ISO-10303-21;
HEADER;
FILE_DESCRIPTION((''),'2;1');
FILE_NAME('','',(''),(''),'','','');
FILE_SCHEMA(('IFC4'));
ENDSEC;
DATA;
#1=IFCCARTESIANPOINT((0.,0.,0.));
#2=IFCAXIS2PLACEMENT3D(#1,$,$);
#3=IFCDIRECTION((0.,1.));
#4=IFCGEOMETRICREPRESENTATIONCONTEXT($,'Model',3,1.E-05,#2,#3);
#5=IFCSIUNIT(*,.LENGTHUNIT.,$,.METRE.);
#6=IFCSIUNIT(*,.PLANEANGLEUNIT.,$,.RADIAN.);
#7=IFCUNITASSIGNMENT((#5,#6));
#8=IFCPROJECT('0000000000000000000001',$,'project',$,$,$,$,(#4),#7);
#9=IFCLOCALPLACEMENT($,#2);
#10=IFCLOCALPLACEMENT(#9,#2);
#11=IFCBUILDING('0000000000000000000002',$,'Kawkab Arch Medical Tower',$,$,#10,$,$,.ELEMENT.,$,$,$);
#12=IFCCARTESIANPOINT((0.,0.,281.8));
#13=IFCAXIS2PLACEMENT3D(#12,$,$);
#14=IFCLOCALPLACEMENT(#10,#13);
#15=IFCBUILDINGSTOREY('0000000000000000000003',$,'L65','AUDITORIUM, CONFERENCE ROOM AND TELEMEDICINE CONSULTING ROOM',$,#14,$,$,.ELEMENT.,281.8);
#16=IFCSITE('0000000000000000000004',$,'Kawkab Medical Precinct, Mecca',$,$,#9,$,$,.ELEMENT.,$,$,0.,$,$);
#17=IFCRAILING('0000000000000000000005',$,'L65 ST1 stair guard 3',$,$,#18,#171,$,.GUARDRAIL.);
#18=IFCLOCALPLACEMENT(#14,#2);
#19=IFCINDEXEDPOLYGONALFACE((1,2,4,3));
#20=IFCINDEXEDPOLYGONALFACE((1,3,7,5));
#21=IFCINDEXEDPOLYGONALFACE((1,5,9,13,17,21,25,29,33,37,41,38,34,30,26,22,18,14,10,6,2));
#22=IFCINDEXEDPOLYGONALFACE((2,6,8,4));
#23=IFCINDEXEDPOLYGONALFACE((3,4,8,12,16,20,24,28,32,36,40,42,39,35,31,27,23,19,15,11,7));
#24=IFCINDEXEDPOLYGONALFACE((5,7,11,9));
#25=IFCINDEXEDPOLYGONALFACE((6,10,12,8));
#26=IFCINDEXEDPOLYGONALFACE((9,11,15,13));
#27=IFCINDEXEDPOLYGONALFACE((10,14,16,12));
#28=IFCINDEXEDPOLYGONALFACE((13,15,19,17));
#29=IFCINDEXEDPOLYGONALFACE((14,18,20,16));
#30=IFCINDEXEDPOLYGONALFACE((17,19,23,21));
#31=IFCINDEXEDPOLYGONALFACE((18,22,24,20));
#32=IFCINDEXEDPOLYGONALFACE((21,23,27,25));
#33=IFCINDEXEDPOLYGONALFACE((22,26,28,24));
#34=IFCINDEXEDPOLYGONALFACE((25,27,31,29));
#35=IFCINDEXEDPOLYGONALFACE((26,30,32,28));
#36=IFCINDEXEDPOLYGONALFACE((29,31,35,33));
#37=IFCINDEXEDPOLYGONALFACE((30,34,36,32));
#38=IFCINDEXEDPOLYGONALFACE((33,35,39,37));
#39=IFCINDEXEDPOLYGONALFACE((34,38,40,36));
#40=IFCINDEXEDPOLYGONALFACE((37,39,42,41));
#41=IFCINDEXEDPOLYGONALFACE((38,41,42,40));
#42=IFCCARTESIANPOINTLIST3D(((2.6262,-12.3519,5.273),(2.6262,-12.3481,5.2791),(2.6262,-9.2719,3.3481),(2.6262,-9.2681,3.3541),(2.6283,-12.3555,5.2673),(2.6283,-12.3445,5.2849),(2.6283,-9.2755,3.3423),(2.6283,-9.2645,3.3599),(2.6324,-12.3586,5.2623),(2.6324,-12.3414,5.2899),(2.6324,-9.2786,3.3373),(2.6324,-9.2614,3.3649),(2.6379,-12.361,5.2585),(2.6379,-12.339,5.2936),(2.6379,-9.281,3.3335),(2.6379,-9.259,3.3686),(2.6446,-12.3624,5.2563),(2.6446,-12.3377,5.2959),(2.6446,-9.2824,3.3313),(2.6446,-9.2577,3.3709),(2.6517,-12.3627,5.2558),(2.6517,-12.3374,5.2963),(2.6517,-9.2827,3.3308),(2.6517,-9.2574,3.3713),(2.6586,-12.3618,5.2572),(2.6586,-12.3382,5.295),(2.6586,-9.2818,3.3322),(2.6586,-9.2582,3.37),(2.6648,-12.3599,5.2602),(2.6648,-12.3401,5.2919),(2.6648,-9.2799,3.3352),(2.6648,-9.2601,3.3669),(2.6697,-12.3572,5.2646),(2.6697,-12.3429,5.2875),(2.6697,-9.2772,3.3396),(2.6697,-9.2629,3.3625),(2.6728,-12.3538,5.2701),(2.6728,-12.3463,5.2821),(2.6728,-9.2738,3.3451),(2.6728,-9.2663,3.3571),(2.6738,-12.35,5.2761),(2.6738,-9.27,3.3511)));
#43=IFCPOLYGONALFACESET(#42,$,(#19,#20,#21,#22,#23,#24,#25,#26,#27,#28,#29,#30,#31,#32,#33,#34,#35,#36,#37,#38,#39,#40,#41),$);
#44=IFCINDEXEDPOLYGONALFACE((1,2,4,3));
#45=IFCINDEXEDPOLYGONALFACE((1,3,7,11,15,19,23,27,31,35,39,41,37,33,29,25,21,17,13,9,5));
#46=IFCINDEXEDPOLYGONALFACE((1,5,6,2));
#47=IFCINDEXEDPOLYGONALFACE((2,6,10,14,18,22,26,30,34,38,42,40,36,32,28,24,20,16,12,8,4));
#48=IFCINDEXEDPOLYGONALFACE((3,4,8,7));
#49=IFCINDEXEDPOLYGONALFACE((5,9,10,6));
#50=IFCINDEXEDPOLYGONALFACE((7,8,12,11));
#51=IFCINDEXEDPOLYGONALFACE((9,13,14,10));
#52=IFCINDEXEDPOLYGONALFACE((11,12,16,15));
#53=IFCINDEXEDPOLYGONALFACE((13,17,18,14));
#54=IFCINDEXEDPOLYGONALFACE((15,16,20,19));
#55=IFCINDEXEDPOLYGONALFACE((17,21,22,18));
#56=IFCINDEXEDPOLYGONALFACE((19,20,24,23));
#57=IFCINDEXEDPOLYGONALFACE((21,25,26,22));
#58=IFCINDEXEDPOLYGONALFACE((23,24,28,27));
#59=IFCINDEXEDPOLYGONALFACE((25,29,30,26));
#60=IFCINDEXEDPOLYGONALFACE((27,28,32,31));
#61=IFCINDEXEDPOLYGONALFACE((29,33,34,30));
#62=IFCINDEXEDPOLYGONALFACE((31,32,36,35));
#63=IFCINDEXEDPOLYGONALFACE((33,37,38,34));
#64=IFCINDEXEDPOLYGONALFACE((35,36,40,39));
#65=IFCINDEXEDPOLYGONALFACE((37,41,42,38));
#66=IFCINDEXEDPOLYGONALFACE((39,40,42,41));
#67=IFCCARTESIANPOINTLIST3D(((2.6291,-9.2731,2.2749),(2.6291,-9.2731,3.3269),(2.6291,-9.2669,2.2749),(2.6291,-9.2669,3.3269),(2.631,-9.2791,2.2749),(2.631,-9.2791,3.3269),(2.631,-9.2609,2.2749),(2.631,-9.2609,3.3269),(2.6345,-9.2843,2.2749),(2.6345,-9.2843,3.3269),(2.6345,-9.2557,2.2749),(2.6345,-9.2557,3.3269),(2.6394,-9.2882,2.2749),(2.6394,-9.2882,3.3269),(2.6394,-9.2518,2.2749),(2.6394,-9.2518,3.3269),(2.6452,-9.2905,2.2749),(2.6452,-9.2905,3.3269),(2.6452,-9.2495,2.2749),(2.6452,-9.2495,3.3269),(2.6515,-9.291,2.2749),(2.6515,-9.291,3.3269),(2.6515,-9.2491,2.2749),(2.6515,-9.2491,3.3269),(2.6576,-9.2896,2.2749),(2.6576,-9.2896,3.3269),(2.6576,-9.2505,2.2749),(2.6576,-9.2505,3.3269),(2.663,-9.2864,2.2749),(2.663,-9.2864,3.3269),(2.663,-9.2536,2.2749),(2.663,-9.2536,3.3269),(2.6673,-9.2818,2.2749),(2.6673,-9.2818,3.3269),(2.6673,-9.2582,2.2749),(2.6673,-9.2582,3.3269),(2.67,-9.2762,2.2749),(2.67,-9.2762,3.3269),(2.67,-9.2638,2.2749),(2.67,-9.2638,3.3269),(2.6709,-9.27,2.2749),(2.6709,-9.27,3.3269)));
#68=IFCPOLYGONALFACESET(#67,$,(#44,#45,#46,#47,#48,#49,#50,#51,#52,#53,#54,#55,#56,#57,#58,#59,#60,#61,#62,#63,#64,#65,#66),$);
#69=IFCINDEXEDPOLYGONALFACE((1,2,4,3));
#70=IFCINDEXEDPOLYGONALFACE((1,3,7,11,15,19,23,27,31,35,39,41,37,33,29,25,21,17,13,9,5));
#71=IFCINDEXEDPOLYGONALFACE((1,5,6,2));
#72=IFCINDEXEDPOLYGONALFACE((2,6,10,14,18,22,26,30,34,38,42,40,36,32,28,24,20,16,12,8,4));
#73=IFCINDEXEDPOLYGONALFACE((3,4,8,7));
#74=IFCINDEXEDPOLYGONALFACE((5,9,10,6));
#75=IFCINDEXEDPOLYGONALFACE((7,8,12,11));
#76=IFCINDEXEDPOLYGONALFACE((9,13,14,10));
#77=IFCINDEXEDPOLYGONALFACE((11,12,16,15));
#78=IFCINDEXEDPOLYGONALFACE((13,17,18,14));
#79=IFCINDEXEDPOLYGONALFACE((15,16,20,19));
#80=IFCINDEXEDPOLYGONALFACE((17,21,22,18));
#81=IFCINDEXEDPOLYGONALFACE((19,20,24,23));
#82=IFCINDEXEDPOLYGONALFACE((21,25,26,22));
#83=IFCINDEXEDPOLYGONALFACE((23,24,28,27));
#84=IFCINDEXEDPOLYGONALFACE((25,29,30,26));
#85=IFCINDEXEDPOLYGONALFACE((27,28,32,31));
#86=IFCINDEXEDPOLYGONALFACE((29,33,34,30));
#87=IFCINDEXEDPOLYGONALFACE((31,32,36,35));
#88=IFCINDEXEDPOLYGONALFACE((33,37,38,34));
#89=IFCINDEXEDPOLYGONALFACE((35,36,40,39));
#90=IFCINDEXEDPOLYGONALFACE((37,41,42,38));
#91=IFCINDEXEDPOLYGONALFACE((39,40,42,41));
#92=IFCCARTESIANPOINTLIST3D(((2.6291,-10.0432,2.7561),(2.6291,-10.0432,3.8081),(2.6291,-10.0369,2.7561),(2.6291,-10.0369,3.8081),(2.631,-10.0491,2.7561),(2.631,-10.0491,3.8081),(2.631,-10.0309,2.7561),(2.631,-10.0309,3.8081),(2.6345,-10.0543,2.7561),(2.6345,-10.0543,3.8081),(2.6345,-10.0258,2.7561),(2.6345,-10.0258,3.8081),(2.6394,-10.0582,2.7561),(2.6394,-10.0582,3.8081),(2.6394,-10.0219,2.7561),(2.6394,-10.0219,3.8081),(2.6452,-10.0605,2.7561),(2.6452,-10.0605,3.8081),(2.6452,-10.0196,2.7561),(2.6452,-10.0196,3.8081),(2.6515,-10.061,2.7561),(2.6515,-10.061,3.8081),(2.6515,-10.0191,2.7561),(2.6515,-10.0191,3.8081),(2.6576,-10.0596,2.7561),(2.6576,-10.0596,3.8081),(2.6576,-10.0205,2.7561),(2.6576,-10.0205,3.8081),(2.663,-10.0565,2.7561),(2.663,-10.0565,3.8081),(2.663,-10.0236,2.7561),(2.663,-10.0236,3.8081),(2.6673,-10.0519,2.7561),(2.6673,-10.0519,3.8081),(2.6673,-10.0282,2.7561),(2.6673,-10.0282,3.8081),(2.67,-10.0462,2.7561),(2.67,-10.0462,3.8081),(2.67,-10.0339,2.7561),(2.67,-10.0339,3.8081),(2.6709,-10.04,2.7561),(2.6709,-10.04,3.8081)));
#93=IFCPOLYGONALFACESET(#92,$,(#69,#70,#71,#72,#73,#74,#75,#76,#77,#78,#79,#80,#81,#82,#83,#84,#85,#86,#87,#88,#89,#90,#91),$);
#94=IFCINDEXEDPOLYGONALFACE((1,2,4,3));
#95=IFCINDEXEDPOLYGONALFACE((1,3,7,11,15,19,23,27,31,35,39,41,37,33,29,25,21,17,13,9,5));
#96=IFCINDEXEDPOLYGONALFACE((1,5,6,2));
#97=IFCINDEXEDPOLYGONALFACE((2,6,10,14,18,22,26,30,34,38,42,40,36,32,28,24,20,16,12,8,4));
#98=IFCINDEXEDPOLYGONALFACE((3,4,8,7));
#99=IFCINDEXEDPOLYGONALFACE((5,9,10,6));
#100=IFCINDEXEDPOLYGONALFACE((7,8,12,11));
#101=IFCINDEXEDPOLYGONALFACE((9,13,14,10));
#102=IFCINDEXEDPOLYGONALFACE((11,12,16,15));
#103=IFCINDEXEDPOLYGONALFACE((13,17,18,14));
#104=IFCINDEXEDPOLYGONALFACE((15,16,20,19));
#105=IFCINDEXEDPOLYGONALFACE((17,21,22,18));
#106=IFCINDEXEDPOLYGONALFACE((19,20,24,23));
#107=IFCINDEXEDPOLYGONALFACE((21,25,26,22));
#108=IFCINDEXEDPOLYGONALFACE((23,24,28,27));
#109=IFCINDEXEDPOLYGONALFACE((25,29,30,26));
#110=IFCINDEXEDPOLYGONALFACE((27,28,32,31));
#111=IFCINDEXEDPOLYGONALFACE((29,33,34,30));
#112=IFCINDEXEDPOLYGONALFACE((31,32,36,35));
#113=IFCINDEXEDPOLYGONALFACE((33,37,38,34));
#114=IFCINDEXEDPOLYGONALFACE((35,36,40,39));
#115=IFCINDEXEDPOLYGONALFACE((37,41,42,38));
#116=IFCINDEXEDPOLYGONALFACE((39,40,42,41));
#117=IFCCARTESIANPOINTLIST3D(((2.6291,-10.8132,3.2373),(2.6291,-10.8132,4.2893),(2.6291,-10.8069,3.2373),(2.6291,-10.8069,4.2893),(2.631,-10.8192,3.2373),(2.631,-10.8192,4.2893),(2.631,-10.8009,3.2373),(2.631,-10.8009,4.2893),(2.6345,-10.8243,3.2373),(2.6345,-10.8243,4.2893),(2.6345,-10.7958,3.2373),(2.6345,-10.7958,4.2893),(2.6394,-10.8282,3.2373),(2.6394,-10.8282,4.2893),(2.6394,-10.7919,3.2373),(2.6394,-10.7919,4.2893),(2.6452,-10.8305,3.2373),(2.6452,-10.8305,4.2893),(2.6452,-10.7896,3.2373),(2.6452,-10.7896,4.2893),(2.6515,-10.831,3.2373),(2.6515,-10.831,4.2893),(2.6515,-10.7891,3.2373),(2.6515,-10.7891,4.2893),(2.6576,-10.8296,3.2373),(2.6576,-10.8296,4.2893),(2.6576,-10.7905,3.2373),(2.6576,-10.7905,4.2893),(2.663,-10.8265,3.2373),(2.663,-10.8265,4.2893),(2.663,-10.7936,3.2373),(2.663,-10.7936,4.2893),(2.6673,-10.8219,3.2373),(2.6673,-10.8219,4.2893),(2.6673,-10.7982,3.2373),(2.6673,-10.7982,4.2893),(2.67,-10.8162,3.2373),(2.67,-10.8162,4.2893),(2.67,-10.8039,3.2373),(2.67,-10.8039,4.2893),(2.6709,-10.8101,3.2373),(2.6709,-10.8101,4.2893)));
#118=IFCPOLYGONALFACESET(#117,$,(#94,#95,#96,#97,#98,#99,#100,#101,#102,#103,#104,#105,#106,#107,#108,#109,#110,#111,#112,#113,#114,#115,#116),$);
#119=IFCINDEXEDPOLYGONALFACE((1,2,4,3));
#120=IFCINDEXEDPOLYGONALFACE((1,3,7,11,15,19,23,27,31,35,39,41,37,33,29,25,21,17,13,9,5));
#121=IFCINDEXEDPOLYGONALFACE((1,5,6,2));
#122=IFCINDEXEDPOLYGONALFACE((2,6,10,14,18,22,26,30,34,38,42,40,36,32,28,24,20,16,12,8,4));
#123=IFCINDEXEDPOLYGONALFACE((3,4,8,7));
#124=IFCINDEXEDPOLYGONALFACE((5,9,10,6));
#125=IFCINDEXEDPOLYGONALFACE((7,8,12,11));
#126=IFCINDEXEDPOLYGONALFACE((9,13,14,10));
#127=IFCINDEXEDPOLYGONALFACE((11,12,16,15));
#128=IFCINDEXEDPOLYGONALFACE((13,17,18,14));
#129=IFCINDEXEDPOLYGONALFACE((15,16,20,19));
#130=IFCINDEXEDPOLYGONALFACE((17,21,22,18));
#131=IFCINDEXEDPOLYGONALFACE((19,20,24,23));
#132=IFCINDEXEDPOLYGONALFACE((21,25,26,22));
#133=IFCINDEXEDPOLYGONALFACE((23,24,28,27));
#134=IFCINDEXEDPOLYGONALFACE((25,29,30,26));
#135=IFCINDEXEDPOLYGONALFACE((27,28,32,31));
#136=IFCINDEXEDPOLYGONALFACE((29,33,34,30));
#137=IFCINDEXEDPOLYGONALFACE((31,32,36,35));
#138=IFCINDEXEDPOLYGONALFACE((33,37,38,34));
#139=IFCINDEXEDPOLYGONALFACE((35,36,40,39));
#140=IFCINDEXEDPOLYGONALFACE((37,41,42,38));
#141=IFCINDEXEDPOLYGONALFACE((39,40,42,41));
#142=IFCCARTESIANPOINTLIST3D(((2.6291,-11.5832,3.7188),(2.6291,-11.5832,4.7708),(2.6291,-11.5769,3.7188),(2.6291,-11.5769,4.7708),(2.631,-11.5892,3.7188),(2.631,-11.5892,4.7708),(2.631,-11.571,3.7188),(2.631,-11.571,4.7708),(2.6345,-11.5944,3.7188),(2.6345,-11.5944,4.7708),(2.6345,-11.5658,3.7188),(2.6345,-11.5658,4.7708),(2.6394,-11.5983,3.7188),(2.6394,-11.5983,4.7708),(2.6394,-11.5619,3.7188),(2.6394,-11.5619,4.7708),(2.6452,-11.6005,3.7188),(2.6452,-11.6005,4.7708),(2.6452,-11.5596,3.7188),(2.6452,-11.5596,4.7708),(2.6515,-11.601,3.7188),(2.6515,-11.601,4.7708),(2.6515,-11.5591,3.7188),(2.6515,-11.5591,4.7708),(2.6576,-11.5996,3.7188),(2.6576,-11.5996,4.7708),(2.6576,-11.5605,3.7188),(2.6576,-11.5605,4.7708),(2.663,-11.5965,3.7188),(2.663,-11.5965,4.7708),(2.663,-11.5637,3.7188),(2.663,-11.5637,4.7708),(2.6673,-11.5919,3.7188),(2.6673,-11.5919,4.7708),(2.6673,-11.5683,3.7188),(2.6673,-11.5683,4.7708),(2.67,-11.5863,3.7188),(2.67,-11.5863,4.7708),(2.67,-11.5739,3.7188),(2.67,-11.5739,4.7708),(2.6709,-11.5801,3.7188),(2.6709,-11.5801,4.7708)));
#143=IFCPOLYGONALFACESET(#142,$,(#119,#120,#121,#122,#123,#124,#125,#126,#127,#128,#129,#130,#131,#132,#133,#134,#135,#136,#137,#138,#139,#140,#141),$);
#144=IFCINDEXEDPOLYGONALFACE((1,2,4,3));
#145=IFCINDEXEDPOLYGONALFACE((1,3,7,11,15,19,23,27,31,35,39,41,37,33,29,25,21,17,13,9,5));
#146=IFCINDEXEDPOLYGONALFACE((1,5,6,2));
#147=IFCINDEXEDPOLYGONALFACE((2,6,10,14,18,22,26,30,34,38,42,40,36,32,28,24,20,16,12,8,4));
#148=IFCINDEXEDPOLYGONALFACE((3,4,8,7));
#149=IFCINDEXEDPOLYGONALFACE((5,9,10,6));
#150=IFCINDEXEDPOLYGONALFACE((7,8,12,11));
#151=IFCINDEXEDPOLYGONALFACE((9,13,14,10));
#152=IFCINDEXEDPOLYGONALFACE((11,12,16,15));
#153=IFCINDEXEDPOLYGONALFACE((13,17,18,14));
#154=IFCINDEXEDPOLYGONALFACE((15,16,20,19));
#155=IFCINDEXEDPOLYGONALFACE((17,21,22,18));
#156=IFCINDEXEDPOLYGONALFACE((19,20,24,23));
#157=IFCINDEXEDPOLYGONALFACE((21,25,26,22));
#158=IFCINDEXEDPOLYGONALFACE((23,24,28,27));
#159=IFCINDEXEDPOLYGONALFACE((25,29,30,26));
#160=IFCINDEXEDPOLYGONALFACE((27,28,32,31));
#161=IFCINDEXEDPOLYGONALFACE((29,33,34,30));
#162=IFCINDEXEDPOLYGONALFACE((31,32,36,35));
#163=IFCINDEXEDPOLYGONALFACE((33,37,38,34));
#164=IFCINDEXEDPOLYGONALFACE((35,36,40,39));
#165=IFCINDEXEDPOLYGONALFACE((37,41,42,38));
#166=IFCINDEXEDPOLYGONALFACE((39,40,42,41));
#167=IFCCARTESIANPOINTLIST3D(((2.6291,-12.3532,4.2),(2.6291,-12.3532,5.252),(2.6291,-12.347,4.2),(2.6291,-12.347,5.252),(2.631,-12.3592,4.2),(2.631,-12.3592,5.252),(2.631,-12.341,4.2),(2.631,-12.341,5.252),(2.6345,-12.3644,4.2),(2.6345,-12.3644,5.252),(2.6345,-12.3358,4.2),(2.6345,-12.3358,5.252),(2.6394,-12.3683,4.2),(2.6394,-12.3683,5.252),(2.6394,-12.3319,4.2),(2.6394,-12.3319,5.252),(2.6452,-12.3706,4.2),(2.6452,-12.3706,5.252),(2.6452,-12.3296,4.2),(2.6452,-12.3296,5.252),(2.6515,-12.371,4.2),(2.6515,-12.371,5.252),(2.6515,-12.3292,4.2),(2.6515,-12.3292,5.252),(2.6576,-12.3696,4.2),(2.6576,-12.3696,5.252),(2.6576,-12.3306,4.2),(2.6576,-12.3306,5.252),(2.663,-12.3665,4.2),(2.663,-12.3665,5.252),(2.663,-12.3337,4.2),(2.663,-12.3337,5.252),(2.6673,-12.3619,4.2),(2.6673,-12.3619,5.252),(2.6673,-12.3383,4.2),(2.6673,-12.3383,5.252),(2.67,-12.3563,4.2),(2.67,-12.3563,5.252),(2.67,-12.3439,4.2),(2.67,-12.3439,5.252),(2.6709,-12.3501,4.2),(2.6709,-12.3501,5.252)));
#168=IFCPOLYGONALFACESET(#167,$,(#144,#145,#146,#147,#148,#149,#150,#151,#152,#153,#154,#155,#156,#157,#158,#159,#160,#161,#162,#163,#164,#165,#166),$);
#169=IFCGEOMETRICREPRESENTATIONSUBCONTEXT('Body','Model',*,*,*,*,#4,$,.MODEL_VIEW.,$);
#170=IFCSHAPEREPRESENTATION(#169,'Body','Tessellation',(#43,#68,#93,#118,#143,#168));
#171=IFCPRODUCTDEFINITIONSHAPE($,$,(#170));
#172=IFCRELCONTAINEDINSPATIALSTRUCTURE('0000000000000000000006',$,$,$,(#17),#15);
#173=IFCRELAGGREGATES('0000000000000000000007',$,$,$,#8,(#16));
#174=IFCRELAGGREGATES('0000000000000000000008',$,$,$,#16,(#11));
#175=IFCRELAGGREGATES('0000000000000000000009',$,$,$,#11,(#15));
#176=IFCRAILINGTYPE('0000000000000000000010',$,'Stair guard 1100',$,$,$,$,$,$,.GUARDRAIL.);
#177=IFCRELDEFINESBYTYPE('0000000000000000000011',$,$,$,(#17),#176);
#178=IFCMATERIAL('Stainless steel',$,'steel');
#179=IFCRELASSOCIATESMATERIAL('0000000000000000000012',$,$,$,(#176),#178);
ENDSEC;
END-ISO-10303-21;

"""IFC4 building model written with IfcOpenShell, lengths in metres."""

from ifc_helpers import new_model, si_unit, direction, frame, origin, origin_2d, place, context, subcontext, project, spatial, circle, extrude, material, type_object, element, save


model = new_model("IFC4")

# Units and contexts
model_context = context("Model", 3, precision=1e-05, world=origin(), true_north=direction((0.0, 1.0)))
body_context = subcontext(model_context, "Body", "Model", "MODEL_VIEW")
ifc_project = project(units=[si_unit("LENGTHUNIT", "METRE"), si_unit("PLANEANGLEUNIT", "RADIAN")], contexts=[model_context])

# Site, building, storey
site_placement = place(None, origin())
site = spatial("IfcSite", under=ifc_project, at=site_placement, Name="Kawkab Medical Precinct, Mecca", CompositionType="ELEMENT", RefElevation=0.0)
building_placement = place(site_placement, origin())
building = spatial("IfcBuilding", under=site, at=building_placement, Name="Kawkab Arch Medical Tower", CompositionType="ELEMENT")
storey_placement = place(building_placement, frame((0.0, 0.0, 281.8)))
storey = spatial("IfcBuildingStorey", under=building, at=storey_placement, Name="L65", Description="AUDITORIUM, CONFERENCE ROOM AND TELEMEDICINE CONSULTING ROOM", CompositionType="ELEMENT", Elevation=281.8)

# Railing
ifc_material_1 = material(Name="Stainless steel", Category="steel")
railing_type_1 = type_object("IfcRailingType", Name="Stair guard 1100", PredefinedType="GUARDRAIL", material=ifc_material_1)
railing_1_placement = place(storey_placement, frame((2.6499, -9.27, 2.2749)))
element("IfcRailing", 1, at=railing_1_placement, inside=storey, type_object=railing_type_1, Name="L65 ST1 stair guard 3", PredefinedType="GUARDRAIL", context=body_context, shape_type="SweptSolid", body=[
    extrude(circle(Radius=0.0239, at=origin_2d()), frame((0.0, 0.0, 1.0762), z_axis=(0.0, -0.847998, 0.529999), x_axis=(1.0, 0.0, 0.0)), (0.0, 0.0, 1.0), 3.6321),
    extrude(circle(Radius=0.021, at=origin_2d()), origin(), (0.0, 0.0, 1.0), 1.052),
    extrude(circle(Radius=0.021, at=origin_2d()), frame((0.0, -0.77, 0.4812)), (0.0, 0.0, 1.0), 1.052),
    extrude(circle(Radius=0.021, at=origin_2d()), frame((0.0, -1.54, 0.9624)), (0.0, 0.0, 1.0), 1.052),
    extrude(circle(Radius=0.021, at=origin_2d()), frame((0.0, -2.3101, 1.4438)), (0.0, 0.0, 1.0), 1.052),
    extrude(circle(Radius=0.021, at=origin_2d()), frame((0.0, -3.0801, 1.925)), (0.0, 0.0, 1.0), 1.052),
])

save(model, "model.ifc")
